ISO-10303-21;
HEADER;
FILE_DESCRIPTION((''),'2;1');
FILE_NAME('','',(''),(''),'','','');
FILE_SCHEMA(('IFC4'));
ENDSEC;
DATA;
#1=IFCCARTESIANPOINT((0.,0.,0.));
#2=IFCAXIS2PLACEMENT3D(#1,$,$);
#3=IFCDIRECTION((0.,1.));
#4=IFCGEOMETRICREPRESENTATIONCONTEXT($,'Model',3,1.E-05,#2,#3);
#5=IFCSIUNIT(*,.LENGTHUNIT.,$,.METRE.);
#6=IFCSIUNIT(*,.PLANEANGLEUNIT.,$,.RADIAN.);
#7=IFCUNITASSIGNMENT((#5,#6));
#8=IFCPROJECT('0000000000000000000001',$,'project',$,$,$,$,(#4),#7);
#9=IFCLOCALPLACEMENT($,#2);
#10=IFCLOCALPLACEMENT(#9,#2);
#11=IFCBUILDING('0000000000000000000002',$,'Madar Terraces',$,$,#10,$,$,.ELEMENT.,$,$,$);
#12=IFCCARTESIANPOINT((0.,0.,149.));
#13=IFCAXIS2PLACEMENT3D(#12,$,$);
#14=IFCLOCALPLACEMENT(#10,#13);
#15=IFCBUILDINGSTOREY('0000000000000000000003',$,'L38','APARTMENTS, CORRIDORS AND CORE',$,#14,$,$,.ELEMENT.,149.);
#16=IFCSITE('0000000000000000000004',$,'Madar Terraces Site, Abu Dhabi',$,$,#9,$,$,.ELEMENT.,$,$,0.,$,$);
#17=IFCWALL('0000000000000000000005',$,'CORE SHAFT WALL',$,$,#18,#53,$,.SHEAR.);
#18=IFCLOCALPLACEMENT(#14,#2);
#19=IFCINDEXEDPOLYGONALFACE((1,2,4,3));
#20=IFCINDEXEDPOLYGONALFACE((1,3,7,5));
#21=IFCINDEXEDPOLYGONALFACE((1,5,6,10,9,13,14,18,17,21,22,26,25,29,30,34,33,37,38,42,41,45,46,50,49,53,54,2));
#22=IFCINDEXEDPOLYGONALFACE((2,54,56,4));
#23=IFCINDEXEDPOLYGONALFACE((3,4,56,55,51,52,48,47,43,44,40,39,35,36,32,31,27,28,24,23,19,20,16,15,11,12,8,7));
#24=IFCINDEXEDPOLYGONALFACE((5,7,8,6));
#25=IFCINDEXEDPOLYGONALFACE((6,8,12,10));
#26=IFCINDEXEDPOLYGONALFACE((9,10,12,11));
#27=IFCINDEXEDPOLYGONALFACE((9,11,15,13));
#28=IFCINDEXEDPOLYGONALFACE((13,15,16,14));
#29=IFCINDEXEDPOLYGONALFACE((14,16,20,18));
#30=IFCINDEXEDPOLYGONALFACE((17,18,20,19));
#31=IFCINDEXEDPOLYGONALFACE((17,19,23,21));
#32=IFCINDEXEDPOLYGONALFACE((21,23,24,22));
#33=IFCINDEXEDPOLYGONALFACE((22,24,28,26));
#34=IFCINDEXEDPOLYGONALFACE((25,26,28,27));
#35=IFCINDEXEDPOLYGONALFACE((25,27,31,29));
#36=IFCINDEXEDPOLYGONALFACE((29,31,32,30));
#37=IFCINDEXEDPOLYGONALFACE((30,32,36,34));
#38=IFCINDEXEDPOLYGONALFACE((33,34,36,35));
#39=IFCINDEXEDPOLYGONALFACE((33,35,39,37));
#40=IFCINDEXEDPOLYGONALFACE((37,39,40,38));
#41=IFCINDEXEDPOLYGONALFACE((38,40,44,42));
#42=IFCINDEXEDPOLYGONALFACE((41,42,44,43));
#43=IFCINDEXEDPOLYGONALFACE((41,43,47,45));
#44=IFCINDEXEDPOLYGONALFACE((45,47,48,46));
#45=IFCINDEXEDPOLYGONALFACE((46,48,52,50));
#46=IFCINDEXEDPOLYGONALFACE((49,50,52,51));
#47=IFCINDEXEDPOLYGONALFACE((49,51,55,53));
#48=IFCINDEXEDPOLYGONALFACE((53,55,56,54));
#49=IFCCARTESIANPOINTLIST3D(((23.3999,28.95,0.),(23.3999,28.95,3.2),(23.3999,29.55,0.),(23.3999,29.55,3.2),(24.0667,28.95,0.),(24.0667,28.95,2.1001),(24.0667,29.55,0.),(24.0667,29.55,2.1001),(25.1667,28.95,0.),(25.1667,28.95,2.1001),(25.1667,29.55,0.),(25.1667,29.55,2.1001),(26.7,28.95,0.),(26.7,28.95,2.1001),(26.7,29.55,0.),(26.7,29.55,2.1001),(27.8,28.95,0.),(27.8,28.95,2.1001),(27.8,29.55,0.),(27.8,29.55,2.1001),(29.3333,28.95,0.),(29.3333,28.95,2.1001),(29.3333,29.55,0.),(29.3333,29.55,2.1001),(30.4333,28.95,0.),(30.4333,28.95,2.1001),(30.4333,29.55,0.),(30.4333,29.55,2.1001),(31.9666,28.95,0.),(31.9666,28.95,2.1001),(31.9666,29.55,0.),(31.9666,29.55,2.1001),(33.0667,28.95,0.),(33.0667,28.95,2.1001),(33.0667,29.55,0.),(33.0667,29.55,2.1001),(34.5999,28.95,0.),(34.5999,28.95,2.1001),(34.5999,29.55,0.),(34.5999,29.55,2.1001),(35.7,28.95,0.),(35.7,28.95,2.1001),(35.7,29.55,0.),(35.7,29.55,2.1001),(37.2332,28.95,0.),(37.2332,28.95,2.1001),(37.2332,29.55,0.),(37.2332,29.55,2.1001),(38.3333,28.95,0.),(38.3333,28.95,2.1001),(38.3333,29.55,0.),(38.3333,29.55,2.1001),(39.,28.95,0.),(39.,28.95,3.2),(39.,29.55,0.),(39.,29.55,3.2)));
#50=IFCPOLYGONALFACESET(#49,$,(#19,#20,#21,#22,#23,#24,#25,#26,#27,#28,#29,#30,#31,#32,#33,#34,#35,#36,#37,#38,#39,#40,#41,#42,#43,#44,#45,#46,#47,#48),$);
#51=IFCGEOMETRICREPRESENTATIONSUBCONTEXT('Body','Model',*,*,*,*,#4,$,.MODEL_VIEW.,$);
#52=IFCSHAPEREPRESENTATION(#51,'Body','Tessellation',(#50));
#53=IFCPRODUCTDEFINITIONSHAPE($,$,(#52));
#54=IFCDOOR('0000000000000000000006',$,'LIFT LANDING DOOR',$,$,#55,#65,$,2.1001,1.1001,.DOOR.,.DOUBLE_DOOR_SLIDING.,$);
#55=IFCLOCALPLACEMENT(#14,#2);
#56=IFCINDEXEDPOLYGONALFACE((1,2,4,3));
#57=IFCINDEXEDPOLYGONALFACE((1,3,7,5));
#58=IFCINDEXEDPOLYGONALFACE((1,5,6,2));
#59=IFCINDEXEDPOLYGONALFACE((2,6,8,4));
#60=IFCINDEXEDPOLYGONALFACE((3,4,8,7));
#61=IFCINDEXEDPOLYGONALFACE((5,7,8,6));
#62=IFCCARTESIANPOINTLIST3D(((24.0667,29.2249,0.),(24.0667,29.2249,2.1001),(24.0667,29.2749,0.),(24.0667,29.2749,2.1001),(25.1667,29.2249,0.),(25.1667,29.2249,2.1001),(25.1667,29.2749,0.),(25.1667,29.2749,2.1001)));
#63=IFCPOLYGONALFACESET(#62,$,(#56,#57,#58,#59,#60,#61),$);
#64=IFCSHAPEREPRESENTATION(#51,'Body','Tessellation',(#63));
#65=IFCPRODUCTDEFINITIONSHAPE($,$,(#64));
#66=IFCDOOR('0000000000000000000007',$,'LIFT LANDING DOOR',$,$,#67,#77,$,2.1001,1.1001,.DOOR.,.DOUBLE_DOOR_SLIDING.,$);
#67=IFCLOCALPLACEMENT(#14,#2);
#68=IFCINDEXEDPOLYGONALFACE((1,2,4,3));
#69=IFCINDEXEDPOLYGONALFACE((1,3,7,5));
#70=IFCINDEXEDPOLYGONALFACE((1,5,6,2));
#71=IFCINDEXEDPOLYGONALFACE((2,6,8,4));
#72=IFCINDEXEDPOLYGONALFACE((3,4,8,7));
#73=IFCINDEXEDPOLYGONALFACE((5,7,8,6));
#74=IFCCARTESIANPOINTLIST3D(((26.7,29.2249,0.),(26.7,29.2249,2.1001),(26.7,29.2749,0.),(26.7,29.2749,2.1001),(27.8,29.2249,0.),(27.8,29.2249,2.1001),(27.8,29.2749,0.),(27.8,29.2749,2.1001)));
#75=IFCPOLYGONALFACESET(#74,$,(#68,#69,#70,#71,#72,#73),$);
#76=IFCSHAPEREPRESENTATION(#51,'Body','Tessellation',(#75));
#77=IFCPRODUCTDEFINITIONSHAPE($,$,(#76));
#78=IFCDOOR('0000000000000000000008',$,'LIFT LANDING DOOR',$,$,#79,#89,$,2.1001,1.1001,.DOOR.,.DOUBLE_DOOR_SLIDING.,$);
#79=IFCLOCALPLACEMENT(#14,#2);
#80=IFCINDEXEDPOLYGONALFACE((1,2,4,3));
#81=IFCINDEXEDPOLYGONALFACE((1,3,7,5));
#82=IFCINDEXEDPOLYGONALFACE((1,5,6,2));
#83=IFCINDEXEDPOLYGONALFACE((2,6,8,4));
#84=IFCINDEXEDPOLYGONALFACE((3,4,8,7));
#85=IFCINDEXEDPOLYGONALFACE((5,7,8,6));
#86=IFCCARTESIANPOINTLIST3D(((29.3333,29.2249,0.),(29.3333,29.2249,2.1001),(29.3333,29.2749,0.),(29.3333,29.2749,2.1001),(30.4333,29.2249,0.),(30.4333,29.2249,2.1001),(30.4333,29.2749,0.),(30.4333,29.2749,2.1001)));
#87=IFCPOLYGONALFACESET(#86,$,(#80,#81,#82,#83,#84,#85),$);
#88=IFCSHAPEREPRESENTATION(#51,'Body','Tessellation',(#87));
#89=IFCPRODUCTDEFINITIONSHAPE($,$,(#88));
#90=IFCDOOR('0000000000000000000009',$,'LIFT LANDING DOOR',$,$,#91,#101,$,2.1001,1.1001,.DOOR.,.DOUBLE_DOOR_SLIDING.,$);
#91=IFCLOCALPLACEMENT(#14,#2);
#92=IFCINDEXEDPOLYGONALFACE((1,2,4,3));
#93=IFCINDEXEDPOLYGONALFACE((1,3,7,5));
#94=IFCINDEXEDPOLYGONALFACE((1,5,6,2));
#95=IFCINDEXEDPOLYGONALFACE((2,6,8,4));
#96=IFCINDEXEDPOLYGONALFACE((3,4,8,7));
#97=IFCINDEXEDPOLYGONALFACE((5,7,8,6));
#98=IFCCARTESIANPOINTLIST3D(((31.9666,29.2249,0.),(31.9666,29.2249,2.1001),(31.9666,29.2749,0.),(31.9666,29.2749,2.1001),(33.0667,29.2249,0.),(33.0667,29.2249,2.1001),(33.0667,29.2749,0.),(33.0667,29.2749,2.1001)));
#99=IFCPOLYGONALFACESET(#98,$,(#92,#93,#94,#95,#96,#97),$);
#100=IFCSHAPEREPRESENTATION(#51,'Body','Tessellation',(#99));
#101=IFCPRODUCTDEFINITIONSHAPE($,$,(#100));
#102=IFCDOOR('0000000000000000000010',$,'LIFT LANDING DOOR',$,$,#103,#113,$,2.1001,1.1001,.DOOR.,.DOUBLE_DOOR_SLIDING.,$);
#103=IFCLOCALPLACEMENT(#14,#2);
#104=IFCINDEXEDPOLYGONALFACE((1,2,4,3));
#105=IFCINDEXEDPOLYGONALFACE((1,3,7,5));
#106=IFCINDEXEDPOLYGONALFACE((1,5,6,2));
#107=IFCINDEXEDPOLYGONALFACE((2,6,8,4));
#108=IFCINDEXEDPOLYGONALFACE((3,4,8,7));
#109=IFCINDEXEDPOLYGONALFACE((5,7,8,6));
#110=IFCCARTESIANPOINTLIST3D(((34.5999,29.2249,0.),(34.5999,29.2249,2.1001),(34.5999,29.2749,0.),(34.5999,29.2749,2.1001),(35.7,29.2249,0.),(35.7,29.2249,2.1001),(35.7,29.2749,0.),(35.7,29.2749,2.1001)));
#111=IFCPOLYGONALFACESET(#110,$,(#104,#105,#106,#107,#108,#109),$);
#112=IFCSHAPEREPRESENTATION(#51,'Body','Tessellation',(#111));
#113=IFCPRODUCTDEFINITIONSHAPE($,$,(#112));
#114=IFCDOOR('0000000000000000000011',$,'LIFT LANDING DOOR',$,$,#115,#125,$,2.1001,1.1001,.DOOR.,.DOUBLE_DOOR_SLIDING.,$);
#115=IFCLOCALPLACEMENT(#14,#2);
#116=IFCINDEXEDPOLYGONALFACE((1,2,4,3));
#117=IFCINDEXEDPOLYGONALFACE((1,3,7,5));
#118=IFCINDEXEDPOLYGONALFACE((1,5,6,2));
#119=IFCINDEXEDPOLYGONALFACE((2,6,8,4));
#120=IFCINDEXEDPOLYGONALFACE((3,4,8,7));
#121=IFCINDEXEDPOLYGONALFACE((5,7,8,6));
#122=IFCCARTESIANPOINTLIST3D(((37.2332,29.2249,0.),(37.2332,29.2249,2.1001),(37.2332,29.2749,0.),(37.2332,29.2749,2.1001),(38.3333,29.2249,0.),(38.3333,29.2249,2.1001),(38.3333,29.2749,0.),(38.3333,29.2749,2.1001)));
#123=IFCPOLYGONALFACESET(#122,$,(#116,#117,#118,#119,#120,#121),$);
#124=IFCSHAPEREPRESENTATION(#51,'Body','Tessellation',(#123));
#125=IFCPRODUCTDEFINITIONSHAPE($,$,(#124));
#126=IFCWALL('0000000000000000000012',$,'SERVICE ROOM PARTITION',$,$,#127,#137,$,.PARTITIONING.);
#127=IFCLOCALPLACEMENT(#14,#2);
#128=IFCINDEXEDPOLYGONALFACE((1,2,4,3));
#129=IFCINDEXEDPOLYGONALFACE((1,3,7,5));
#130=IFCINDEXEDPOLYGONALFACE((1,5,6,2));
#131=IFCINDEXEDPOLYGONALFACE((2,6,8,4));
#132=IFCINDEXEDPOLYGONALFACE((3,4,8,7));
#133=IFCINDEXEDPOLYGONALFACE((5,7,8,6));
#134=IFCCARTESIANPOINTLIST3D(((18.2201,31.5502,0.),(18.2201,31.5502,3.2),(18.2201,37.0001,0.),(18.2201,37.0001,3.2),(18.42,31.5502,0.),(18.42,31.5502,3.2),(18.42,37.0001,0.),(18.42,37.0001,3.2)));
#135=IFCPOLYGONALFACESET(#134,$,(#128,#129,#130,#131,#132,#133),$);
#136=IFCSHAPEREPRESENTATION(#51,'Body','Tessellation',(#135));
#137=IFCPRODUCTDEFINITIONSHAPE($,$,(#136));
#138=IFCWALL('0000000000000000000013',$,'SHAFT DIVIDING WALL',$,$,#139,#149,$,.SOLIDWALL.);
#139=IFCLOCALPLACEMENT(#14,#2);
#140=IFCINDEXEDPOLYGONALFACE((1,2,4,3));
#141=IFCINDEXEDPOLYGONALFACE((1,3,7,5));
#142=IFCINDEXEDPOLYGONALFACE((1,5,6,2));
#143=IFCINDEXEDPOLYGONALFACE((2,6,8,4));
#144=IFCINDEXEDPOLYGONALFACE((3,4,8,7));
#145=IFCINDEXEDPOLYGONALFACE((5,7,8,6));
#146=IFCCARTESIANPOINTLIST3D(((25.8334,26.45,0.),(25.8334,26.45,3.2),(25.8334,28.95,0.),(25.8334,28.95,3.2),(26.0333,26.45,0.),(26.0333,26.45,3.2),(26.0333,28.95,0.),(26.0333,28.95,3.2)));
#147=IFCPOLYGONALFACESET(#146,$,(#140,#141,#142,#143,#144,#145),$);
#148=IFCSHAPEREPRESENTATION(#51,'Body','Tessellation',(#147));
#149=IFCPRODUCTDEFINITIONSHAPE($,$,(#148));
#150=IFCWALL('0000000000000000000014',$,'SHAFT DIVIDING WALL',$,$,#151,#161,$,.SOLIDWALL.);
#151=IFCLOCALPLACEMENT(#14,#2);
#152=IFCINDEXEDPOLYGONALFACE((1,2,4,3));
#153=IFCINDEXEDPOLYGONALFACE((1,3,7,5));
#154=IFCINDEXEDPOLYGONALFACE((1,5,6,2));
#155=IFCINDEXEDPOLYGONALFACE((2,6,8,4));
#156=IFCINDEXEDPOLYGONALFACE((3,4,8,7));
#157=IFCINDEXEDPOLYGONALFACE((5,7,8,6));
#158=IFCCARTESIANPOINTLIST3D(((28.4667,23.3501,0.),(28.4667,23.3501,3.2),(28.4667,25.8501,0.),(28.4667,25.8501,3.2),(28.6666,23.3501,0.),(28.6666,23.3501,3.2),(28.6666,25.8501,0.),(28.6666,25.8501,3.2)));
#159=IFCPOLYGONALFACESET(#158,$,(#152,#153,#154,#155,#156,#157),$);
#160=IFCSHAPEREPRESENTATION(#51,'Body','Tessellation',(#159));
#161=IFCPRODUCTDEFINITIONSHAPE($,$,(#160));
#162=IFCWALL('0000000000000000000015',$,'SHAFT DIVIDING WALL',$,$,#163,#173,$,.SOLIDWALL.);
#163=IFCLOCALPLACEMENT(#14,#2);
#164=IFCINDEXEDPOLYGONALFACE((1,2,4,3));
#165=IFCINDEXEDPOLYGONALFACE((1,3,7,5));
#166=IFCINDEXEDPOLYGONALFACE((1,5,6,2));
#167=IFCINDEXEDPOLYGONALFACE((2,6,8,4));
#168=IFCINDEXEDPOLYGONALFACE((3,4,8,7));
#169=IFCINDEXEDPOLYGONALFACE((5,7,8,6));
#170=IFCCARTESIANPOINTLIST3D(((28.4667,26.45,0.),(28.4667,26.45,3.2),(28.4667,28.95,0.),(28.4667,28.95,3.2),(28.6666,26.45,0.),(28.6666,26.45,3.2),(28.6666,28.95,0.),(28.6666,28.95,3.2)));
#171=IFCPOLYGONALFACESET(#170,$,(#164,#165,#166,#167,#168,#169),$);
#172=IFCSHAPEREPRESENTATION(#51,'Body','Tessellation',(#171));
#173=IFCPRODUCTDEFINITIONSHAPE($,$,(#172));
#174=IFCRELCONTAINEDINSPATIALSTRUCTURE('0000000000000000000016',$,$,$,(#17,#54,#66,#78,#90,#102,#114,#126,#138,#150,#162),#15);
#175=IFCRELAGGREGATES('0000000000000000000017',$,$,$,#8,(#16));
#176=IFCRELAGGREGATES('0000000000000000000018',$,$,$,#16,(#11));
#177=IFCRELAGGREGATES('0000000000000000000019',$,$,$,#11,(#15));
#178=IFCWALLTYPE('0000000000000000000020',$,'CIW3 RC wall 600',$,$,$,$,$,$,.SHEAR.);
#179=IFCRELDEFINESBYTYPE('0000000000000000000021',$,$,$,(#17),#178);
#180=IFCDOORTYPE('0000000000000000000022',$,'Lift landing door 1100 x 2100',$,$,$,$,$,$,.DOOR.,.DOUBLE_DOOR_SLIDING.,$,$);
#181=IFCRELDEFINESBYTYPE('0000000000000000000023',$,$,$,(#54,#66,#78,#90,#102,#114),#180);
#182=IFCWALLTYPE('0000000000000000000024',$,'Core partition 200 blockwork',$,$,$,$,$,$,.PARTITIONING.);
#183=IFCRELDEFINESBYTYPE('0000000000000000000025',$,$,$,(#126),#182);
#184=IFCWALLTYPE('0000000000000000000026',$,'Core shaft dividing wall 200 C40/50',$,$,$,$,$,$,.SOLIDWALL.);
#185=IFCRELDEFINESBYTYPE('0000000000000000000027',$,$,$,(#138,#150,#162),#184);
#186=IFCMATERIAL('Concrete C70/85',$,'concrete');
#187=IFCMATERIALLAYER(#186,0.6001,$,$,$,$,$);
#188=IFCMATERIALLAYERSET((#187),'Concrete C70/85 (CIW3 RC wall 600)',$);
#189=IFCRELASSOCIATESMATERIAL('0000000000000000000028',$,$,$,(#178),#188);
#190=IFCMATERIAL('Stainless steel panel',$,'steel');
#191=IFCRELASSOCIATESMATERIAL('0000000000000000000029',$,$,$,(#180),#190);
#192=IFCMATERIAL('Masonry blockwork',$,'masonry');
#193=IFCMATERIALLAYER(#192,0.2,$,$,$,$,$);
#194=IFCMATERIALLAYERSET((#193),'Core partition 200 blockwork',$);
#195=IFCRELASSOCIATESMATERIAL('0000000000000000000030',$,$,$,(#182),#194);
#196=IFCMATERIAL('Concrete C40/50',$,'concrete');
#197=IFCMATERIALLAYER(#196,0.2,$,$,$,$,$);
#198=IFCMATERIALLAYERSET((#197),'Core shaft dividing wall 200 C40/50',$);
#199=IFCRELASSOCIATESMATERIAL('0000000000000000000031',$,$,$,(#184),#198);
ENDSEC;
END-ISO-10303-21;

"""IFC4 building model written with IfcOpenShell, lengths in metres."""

from ifc_helpers import new_model, si_unit, direction, frame, frame_2d, origin, place, context, subcontext, project, spatial, rectangle, extrude, material, layer, layer_set, type_object, element, fill, save


model = new_model("IFC4")

# Units and contexts
model_context = context("Model", 3, precision=1e-05, world=origin(), true_north=direction((0.0, 1.0)))
body_context = subcontext(model_context, "Body", "Model", "MODEL_VIEW")
ifc_project = project(units=[si_unit("LENGTHUNIT", "METRE"), si_unit("PLANEANGLEUNIT", "RADIAN")], contexts=[model_context])

# Site, building, storey
site_placement = place(None, origin())
site = spatial("IfcSite", under=ifc_project, at=site_placement, Name="Madar Terraces Site, Abu Dhabi", CompositionType="ELEMENT", RefElevation=0.0)
building_placement = place(site_placement, origin())
building = spatial("IfcBuilding", under=site, at=building_placement, Name="Madar Terraces", CompositionType="ELEMENT")
storey_placement = place(building_placement, frame((0.0, 0.0, 149.0)))
storey = spatial("IfcBuildingStorey", under=building, at=storey_placement, Name="L38", Description="APARTMENTS, CORRIDORS AND CORE", CompositionType="ELEMENT", Elevation=149.0)

# Shared definitions
ifc_material_1 = material(Name="Concrete C70/85", Category="concrete")
ifc_layer_1 = layer(ifc_material_1, 0.6001)
ifc_layer_set_1 = layer_set([ifc_layer_1], Name="Concrete C70/85 (CIW3 RC wall 600)")
wall_type_1 = type_object("IfcWallType", Name="CIW3 RC wall 600", PredefinedType="SHEAR", material=ifc_layer_set_1)

# Wall, openings, doors
wall_1_placement = place(storey_placement, frame((23.3999, 29.25, 0.0), z_axis=(0.0, 0.0, 1.0), x_axis=(1.0, 0.0, 0.0)))
wall_1 = element("IfcWall", 1, at=wall_1_placement, inside=storey, type_object=wall_type_1, Name="CORE SHAFT WALL", PredefinedType="SHEAR", context=body_context, shape_type="SweptSolid", body=[
    extrude(rectangle(XDim=15.6001, YDim=0.6001, at=frame_2d((7.8, 0.0))), origin(), (0.0, 0.0, 1.0), 3.2),
])
opening_1_placement = place(wall_1_placement, frame((0.6667, 0.0, 0.0)))
opening_1 = element("IfcOpeningElement", 2, at=opening_1_placement, cuts=wall_1, PredefinedType="OPENING", context=body_context, shape_type="SweptSolid", body=[
    extrude(rectangle(XDim=1.1001, YDim=2.1001, at=frame_2d((0.55, 1.05))), frame((0.0, 0.3101, 0.0), z_axis=(0.0, -1.0, 0.0), x_axis=(1.0, 0.0, 0.0)), (0.0, 0.0, 1.0), 0.6201),
])
opening_2_placement = place(wall_1_placement, frame((3.3, 0.0, 0.0)))
opening_2 = element("IfcOpeningElement", 3, at=opening_2_placement, cuts=wall_1, PredefinedType="OPENING", context=body_context, shape_type="SweptSolid", body=[
    extrude(rectangle(XDim=1.1001, YDim=2.1001, at=frame_2d((0.55, 1.05))), frame((0.0, 0.3101, 0.0), z_axis=(0.0, -1.0, 0.0), x_axis=(1.0, 0.0, 0.0)), (0.0, 0.0, 1.0), 0.6201),
])
opening_3_placement = place(wall_1_placement, frame((5.9333, 0.0, 0.0)))
opening_3 = element("IfcOpeningElement", 4, at=opening_3_placement, cuts=wall_1, PredefinedType="OPENING", context=body_context, shape_type="SweptSolid", body=[
    extrude(rectangle(XDim=1.1001, YDim=2.1001, at=frame_2d((0.55, 1.05))), frame((0.0, 0.3101, 0.0), z_axis=(0.0, -1.0, 0.0), x_axis=(1.0, 0.0, 0.0)), (0.0, 0.0, 1.0), 0.6201),
])
opening_4_placement = place(wall_1_placement, frame((8.5667, 0.0, 0.0)))
opening_4 = element("IfcOpeningElement", 5, at=opening_4_placement, cuts=wall_1, PredefinedType="OPENING", context=body_context, shape_type="SweptSolid", body=[
    extrude(rectangle(XDim=1.1001, YDim=2.1001, at=frame_2d((0.55, 1.05))), frame((0.0, 0.3101, 0.0), z_axis=(0.0, -1.0, 0.0), x_axis=(1.0, 0.0, 0.0)), (0.0, 0.0, 1.0), 0.6201),
])
opening_5_placement = place(wall_1_placement, frame((11.2, 0.0, 0.0)))
opening_5 = element("IfcOpeningElement", 6, at=opening_5_placement, cuts=wall_1, PredefinedType="OPENING", context=body_context, shape_type="SweptSolid", body=[
    extrude(rectangle(XDim=1.1001, YDim=2.1001, at=frame_2d((0.55, 1.05))), frame((0.0, 0.3101, 0.0), z_axis=(0.0, -1.0, 0.0), x_axis=(1.0, 0.0, 0.0)), (0.0, 0.0, 1.0), 0.6201),
])
opening_6_placement = place(wall_1_placement, frame((13.8333, 0.0, 0.0)))
opening_6 = element("IfcOpeningElement", 7, at=opening_6_placement, cuts=wall_1, PredefinedType="OPENING", context=body_context, shape_type="SweptSolid", body=[
    extrude(rectangle(XDim=1.1001, YDim=2.1001, at=frame_2d((0.55, 1.05))), frame((0.0, 0.3101, 0.0), z_axis=(0.0, -1.0, 0.0), x_axis=(1.0, 0.0, 0.0)), (0.0, 0.0, 1.0), 0.6201),
])
ifc_material_2 = material(Name="Stainless steel panel", Category="steel")
door_type_1 = type_object("IfcDoorType", Name="Lift landing door 1100 x 2100", OperationType="DOUBLE_DOOR_SLIDING", PredefinedType="DOOR", material=ifc_material_2)
door_1_placement = place(opening_1_placement, origin())
door_1 = element("IfcDoor", 8, at=door_1_placement, inside=storey, type_object=door_type_1, Name="LIFT LANDING DOOR", OperationType="DOUBLE_DOOR_SLIDING", OverallHeight=2.1001, OverallWidth=1.1001, PredefinedType="DOOR", context=body_context, shape_type="SweptSolid", body=[
    extrude(rectangle(XDim=1.1001, YDim=2.1001, at=frame_2d((0.55, 1.05))), frame((0.0, 0.0249, 0.0), z_axis=(0.0, -1.0, 0.0), x_axis=(1.0, 0.0, 0.0)), (0.0, 0.0, 1.0), 0.05),
])
fill(opening_1, door_1)
door_2_placement = place(opening_2_placement, origin())
door_2 = element("IfcDoor", 9, at=door_2_placement, inside=storey, type_object=door_type_1, Name="LIFT LANDING DOOR", OperationType="DOUBLE_DOOR_SLIDING", OverallHeight=2.1001, OverallWidth=1.1001, PredefinedType="DOOR", context=body_context, shape_type="SweptSolid", body=[
    extrude(rectangle(XDim=1.1001, YDim=2.1001, at=frame_2d((0.55, 1.05))), frame((0.0, 0.0249, 0.0), z_axis=(0.0, -1.0, 0.0), x_axis=(1.0, 0.0, 0.0)), (0.0, 0.0, 1.0), 0.05),
])
fill(opening_2, door_2)
door_3_placement = place(opening_3_placement, origin())
door_3 = element("IfcDoor", 10, at=door_3_placement, inside=storey, type_object=door_type_1, Name="LIFT LANDING DOOR", OperationType="DOUBLE_DOOR_SLIDING", OverallHeight=2.1001, OverallWidth=1.1001, PredefinedType="DOOR", context=body_context, shape_type="SweptSolid", body=[
    extrude(rectangle(XDim=1.1001, YDim=2.1001, at=frame_2d((0.55, 1.05))), frame((0.0, 0.0249, 0.0), z_axis=(0.0, -1.0, 0.0), x_axis=(1.0, 0.0, 0.0)), (0.0, 0.0, 1.0), 0.05),
])
fill(opening_3, door_3)
door_4_placement = place(opening_4_placement, origin())
door_4 = element("IfcDoor", 11, at=door_4_placement, inside=storey, type_object=door_type_1, Name="LIFT LANDING DOOR", OperationType="DOUBLE_DOOR_SLIDING", OverallHeight=2.1001, OverallWidth=1.1001, PredefinedType="DOOR", context=body_context, shape_type="SweptSolid", body=[
    extrude(rectangle(XDim=1.1001, YDim=2.1001, at=frame_2d((0.55, 1.05))), frame((0.0, 0.0249, 0.0), z_axis=(0.0, -1.0, 0.0), x_axis=(1.0, 0.0, 0.0)), (0.0, 0.0, 1.0), 0.05),
])
fill(opening_4, door_4)
door_5_placement = place(opening_5_placement, origin())
door_5 = element("IfcDoor", 12, at=door_5_placement, inside=storey, type_object=door_type_1, Name="LIFT LANDING DOOR", OperationType="DOUBLE_DOOR_SLIDING", OverallHeight=2.1001, OverallWidth=1.1001, PredefinedType="DOOR", context=body_context, shape_type="SweptSolid", body=[
    extrude(rectangle(XDim=1.1001, YDim=2.1001, at=frame_2d((0.55, 1.05))), frame((0.0, 0.0249, 0.0), z_axis=(0.0, -1.0, 0.0), x_axis=(1.0, 0.0, 0.0)), (0.0, 0.0, 1.0), 0.05),
])
fill(opening_5, door_5)
door_6_placement = place(opening_6_placement, origin())
door_6 = element("IfcDoor", 13, at=door_6_placement, inside=storey, type_object=door_type_1, Name="LIFT LANDING DOOR", OperationType="DOUBLE_DOOR_SLIDING", OverallHeight=2.1001, OverallWidth=1.1001, PredefinedType="DOOR", context=body_context, shape_type="SweptSolid", body=[
    extrude(rectangle(XDim=1.1001, YDim=2.1001, at=frame_2d((0.55, 1.05))), frame((0.0, 0.0249, 0.0), z_axis=(0.0, -1.0, 0.0), x_axis=(1.0, 0.0, 0.0)), (0.0, 0.0, 1.0), 0.05),
])
fill(opening_6, door_6)

# Walls
ifc_material_3 = material(Name="Masonry blockwork", Category="masonry")
ifc_layer_2 = layer(ifc_material_3, 0.2)
ifc_layer_set_2 = layer_set([ifc_layer_2], Name="Core partition 200 blockwork")
wall_type_2 = type_object("IfcWallType", Name="Core partition 200 blockwork", PredefinedType="PARTITIONING", material=ifc_layer_set_2)
wall_2_placement = place(storey_placement, frame((18.3201, 31.55, 0.0), z_axis=(0.0, 0.0, 1.0), x_axis=(0.0, 1.0, 0.0)))
element("IfcWall", 14, at=wall_2_placement, inside=storey, type_object=wall_type_2, Name="SERVICE ROOM PARTITION", PredefinedType="PARTITIONING", context=body_context, shape_type="SweptSolid", body=[
    extrude(rectangle(XDim=5.45, YDim=0.2, at=frame_2d((2.7251, 0.0))), origin(), (0.0, 0.0, 1.0), 3.2),
])
ifc_material_4 = material(Name="Concrete C40/50", Category="concrete")
ifc_layer_3 = layer(ifc_material_4, 0.2)
ifc_layer_set_3 = layer_set([ifc_layer_3], Name="Core shaft dividing wall 200 C40/50")
wall_type_3 = type_object("IfcWallType", Name="Core shaft dividing wall 200 C40/50", PredefinedType="SOLIDWALL", material=ifc_layer_set_3)
for number, where, z_axis, x_axis, name in (
    (15, (25.9333, 26.45, 0.0), (0.0, 0.0, 1.0), (0.0, 1.0, 0.0), "SHAFT DIVIDING WALL"),
    (16, (28.5667, 23.3501, 0.0), (0.0, 0.0, 1.0), (0.0, 1.0, 0.0), "SHAFT DIVIDING WALL"),
    (17, (28.5667, 26.45, 0.0), (0.0, 0.0, 1.0), (0.0, 1.0, 0.0), "SHAFT DIVIDING WALL"),
):
    element("IfcWall", number, at=place(storey_placement, frame(where, z_axis=z_axis, x_axis=x_axis)), inside=storey, type_object=wall_type_3, Name=name, PredefinedType="SOLIDWALL", context=body_context, shape_type="SweptSolid", body=[
        extrude(rectangle(XDim=2.5, YDim=0.2, at=frame_2d((1.25, 0.0))), origin(), (0.0, 0.0, 1.0), 3.2),
    ])

save(model, "model.ifc")
